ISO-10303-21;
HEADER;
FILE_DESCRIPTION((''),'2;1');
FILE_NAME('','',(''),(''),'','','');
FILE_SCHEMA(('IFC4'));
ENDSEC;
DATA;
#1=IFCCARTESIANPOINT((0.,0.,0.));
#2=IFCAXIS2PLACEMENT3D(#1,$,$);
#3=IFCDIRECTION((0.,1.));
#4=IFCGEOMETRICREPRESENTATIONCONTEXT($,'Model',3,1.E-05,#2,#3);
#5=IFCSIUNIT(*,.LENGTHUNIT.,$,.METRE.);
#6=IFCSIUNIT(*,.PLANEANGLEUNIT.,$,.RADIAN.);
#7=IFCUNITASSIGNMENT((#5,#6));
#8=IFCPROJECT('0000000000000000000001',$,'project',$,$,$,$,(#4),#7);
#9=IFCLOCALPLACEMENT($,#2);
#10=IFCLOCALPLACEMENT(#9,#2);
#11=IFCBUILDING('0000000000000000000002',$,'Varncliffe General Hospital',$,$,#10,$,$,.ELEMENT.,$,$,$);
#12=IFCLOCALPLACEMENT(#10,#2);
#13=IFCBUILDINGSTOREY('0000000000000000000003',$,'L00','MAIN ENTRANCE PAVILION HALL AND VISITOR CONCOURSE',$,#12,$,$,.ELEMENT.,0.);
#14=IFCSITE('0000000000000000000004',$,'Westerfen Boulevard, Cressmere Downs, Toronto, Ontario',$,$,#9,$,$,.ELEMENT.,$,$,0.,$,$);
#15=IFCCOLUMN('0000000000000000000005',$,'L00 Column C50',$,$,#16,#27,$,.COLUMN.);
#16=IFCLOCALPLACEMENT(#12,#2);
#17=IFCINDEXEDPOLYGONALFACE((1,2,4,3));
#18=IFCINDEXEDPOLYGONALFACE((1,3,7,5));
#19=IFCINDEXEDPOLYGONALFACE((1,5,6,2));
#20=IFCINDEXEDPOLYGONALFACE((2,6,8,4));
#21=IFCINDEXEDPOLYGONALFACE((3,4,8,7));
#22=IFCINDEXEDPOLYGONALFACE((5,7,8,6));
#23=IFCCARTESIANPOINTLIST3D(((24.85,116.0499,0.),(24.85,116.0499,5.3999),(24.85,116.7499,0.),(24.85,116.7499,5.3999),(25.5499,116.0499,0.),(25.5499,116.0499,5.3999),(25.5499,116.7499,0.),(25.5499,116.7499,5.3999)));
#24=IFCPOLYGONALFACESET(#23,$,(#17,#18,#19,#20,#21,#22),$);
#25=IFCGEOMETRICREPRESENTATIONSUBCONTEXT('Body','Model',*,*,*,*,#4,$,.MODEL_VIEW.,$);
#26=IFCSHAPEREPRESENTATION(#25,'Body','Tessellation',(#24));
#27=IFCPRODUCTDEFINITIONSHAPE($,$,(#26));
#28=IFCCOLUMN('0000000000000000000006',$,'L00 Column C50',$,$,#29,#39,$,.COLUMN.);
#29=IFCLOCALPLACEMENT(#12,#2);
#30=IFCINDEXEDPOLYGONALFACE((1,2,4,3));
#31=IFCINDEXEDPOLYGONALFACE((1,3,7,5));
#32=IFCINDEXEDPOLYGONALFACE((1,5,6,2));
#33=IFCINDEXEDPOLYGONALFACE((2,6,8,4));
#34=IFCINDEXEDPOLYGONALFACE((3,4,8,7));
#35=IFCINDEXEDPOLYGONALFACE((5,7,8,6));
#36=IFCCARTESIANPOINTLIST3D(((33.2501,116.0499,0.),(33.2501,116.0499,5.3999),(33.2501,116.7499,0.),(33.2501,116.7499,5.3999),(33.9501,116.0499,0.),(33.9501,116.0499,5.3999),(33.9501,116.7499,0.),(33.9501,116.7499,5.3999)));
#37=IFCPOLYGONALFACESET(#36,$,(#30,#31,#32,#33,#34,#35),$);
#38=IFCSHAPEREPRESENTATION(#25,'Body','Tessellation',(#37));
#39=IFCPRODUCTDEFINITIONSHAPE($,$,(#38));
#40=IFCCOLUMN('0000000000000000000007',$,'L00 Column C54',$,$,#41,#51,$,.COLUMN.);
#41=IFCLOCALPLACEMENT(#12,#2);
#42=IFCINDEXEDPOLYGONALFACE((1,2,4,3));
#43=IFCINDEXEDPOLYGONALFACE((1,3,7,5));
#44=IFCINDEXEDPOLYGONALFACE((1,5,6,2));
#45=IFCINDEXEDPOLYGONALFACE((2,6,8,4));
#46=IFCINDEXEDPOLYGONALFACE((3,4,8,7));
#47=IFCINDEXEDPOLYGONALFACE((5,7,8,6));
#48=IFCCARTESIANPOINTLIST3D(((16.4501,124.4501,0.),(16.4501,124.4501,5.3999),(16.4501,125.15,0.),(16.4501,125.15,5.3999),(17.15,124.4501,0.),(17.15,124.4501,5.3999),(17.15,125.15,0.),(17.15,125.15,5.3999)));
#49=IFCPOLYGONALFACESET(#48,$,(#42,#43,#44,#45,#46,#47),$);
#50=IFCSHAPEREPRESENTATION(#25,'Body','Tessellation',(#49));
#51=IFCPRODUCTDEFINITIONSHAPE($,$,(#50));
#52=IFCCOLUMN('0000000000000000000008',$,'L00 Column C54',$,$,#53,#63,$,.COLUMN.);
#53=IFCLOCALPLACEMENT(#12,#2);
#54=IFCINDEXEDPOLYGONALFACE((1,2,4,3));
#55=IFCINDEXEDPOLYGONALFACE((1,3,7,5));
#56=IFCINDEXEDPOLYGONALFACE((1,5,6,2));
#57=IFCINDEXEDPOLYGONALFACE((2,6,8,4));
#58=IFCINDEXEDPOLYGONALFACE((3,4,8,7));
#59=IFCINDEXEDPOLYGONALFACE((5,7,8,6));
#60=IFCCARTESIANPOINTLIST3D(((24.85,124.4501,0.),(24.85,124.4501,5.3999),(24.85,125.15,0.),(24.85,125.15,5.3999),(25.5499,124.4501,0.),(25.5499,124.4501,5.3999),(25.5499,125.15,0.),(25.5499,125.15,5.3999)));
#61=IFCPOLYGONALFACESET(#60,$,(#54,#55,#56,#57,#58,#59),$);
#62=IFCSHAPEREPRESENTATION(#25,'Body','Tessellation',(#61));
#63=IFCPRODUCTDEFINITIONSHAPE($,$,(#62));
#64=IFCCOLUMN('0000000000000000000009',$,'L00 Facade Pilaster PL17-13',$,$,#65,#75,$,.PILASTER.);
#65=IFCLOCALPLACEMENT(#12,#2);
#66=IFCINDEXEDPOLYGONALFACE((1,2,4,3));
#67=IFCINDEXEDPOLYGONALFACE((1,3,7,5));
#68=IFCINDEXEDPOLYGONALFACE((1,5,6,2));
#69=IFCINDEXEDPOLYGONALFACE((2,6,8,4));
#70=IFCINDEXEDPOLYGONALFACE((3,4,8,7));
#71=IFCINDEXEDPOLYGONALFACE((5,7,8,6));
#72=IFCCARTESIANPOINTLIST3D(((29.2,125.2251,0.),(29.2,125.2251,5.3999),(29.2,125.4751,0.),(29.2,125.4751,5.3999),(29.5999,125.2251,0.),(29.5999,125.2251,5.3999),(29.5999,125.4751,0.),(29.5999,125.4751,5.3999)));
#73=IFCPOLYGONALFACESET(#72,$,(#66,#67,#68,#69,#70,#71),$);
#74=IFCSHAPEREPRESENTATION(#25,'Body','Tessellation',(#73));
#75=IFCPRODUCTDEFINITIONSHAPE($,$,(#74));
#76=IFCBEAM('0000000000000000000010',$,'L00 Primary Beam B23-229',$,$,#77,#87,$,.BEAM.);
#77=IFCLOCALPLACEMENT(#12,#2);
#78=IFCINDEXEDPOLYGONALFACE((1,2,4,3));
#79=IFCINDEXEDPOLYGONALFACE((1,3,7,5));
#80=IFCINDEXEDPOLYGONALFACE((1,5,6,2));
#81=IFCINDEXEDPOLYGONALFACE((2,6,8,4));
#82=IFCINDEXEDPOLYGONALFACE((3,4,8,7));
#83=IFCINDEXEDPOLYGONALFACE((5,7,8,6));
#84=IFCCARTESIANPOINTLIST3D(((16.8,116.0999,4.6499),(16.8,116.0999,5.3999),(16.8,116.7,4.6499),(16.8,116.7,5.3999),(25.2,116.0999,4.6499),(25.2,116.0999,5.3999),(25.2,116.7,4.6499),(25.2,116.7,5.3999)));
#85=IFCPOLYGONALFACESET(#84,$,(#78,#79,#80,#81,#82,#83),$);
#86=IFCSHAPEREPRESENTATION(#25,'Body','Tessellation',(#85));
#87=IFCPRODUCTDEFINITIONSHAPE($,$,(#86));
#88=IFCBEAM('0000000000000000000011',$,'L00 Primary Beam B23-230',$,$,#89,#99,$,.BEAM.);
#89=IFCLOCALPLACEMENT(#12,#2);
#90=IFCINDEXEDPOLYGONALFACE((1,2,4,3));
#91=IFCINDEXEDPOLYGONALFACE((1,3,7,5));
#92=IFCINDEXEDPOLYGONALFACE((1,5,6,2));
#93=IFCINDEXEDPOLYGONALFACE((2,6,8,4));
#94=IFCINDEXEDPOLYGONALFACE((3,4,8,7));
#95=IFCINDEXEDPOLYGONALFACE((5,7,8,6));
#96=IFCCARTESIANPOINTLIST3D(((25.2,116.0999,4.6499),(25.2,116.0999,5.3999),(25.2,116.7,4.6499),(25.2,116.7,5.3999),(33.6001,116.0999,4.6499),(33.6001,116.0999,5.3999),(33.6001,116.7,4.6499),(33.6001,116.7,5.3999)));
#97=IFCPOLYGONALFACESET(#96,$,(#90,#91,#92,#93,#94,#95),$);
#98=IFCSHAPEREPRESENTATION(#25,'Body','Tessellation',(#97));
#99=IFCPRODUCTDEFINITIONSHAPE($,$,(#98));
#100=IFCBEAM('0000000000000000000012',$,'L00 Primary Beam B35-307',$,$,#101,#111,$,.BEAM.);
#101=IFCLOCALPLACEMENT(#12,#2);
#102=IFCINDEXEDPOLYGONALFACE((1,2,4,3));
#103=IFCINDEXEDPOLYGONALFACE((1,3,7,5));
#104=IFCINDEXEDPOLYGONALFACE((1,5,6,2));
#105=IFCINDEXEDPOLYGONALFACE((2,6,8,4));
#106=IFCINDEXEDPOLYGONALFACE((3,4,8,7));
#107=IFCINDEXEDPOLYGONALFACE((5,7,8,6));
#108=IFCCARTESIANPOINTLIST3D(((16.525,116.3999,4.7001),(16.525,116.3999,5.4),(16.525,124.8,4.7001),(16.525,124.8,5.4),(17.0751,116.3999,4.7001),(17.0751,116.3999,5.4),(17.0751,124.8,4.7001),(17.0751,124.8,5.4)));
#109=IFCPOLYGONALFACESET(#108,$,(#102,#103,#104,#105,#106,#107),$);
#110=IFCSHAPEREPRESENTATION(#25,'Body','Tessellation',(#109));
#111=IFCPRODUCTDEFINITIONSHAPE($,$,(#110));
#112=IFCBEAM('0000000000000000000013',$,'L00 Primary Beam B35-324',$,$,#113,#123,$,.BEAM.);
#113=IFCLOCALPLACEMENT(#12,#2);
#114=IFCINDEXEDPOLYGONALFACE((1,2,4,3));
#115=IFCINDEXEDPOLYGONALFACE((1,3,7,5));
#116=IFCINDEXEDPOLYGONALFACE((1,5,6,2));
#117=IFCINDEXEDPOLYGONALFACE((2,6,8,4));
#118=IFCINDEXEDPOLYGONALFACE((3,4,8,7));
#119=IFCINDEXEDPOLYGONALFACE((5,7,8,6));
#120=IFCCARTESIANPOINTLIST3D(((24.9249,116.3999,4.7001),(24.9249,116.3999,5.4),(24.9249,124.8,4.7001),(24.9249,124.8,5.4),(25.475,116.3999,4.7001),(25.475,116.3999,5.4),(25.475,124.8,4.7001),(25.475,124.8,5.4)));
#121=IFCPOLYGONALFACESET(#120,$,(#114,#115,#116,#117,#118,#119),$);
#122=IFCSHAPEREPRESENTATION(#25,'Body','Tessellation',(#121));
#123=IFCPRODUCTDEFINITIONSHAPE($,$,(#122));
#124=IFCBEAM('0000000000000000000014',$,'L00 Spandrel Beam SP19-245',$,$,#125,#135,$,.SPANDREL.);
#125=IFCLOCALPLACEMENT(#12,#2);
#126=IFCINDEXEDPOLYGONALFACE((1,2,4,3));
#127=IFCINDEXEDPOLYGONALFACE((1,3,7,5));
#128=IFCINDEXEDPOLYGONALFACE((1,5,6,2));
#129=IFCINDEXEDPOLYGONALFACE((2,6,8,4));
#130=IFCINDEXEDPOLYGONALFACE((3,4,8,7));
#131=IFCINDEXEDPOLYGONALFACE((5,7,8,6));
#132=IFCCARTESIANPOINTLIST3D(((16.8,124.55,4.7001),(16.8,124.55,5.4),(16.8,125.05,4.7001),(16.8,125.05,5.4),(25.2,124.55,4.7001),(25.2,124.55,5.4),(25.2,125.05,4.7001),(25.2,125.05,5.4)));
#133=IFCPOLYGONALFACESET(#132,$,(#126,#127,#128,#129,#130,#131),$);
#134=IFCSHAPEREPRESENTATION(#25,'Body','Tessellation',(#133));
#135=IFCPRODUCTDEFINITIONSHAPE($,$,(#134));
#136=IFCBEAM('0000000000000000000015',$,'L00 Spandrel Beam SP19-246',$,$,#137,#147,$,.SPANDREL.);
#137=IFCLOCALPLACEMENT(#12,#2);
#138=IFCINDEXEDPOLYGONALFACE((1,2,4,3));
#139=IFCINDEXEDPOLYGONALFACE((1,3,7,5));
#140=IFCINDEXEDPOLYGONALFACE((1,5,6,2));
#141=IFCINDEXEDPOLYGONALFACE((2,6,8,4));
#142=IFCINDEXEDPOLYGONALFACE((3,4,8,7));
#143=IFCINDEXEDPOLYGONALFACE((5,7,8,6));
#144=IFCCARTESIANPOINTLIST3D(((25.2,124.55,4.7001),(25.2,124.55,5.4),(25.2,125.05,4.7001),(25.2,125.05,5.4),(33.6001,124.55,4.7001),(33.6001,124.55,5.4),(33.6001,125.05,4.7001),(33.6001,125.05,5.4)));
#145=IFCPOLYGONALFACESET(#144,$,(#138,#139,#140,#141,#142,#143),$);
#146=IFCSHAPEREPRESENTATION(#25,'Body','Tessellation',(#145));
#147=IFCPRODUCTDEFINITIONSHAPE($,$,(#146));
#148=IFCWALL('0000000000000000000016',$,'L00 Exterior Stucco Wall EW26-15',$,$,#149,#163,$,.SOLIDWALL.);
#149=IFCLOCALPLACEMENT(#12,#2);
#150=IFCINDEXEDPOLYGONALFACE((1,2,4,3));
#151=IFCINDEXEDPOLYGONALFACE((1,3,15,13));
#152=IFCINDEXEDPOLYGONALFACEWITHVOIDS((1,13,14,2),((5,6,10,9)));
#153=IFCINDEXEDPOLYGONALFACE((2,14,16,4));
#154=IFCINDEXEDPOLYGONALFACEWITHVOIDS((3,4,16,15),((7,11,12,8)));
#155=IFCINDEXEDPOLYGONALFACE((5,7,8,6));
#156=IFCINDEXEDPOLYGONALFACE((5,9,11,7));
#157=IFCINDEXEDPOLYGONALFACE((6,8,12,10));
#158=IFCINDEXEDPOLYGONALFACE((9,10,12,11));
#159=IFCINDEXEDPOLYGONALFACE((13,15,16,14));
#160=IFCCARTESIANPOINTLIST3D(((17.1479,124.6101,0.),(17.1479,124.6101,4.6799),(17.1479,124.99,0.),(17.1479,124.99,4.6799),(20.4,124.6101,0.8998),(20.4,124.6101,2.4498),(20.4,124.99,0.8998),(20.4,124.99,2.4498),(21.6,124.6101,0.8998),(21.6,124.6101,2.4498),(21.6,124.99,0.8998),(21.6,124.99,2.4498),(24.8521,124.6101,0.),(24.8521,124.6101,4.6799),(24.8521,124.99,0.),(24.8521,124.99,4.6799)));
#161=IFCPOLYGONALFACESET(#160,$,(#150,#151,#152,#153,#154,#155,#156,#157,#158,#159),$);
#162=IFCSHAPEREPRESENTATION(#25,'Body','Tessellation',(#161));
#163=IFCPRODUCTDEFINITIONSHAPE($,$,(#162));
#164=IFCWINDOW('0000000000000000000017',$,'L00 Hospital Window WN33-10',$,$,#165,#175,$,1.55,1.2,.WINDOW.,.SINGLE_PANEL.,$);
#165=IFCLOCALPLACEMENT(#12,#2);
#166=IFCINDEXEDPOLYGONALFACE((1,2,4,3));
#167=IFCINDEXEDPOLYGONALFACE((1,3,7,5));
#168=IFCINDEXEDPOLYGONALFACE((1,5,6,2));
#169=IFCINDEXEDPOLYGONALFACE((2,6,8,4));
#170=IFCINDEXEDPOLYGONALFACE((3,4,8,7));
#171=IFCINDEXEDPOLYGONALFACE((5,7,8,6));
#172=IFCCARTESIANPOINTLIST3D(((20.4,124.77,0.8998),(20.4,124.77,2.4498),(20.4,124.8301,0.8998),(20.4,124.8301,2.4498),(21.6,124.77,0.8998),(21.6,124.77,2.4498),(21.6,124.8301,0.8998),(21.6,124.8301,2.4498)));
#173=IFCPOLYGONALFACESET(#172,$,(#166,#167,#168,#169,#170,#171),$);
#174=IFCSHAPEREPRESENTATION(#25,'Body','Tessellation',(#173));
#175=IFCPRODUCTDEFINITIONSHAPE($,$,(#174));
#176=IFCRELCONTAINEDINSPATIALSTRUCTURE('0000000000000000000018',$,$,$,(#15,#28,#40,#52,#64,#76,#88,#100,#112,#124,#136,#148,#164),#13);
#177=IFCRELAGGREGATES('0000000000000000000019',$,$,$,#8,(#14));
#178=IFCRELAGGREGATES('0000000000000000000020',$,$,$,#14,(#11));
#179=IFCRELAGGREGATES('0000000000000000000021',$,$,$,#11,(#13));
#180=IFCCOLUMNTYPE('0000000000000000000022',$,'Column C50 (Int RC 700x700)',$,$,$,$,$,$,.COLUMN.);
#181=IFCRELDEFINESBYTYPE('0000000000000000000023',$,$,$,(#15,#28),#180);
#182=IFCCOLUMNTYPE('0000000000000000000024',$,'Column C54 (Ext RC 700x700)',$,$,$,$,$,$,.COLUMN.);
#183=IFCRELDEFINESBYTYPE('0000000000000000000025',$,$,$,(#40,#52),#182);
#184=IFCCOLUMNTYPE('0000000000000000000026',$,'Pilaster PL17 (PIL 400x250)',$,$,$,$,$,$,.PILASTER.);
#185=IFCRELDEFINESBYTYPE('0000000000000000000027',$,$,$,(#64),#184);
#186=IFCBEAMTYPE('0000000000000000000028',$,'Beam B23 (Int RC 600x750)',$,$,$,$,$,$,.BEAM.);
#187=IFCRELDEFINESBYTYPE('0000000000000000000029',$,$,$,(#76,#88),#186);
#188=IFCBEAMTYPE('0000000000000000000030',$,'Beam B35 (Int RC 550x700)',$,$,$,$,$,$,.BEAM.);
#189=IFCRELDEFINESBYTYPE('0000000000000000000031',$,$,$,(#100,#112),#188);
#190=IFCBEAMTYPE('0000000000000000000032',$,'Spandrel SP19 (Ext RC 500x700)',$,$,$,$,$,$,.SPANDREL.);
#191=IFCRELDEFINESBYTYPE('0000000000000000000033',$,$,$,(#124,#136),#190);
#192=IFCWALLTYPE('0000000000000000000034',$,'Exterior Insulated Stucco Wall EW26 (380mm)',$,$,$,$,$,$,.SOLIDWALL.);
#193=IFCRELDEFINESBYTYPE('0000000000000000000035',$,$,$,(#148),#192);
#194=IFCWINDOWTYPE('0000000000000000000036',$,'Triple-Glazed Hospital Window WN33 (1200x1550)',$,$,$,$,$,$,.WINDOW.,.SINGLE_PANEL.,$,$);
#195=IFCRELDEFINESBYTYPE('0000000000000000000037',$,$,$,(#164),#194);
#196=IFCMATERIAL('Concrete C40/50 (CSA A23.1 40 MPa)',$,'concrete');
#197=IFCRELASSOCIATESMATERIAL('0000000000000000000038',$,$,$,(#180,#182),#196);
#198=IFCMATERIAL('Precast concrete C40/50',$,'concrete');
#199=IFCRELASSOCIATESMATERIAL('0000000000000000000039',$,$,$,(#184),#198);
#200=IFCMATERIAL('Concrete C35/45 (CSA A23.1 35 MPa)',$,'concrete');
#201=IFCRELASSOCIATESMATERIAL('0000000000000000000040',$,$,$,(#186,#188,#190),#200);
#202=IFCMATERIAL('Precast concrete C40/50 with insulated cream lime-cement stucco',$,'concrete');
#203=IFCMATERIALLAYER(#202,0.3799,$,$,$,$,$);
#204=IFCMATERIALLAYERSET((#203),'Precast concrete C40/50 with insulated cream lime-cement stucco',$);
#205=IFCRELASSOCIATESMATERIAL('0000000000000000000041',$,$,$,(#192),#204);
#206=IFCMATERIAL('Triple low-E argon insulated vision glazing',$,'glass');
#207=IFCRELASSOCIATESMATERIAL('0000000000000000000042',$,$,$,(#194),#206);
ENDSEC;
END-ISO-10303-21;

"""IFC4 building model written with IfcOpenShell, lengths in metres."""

from ifc_helpers import new_model, si_unit, direction, frame, frame_2d, origin, origin_2d, place, context, subcontext, project, spatial, rectangle, extrude, material, layer, layer_set, material_profile, profile_set, type_object, element, fill, save


model = new_model("IFC4")

# Units and contexts
model_context = context("Model", 3, precision=1e-05, world=origin(), true_north=direction((0.0, 1.0)))
body_context = subcontext(model_context, "Body", "Model", "MODEL_VIEW")
ifc_project = project(units=[si_unit("LENGTHUNIT", "METRE"), si_unit("PLANEANGLEUNIT", "RADIAN")], contexts=[model_context])

# Site, building, storey
site_placement = place(None, origin())
site = spatial("IfcSite", under=ifc_project, at=site_placement, Name="Westerfen Boulevard, Cressmere Downs, Toronto, Ontario", CompositionType="ELEMENT", RefElevation=0.0)
building_placement = place(site_placement, origin())
building = spatial("IfcBuilding", under=site, at=building_placement, Name="Varncliffe General Hospital", CompositionType="ELEMENT")
storey_placement = place(building_placement, origin())
storey = spatial("IfcBuildingStorey", under=building, at=storey_placement, Name="L00", Description="MAIN ENTRANCE PAVILION HALL AND VISITOR CONCOURSE", CompositionType="ELEMENT", Elevation=0.0)

# Columns
ifc_material_1 = material(Name="Concrete C40/50 (CSA A23.1 40 MPa)", Category="concrete")
ifc_material_profile_1 = material_profile(ifc_material_1, rectangle(XDim=0.7, YDim=0.7, at=origin_2d()), Name="RC 700x700")
ifc_profile_set_1 = profile_set([ifc_material_profile_1], Name="Concrete C40/50 (CSA A23.1 40 MPa)")
column_type_1 = type_object("IfcColumnType", Name="Column C50 (Int RC 700x700)", PredefinedType="COLUMN", material=ifc_profile_set_1)
for number, where, z_axis, x_axis, name in (
    (1, (25.2, 116.3999, 0.0), (0.0, 0.0, 1.0), (1.0, 0.0, 0.0), "L00 Column C50"),
    (2, (33.6001, 116.3999, 0.0), (0.0, 0.0, 1.0), (1.0, 0.0, 0.0), "L00 Column C50"),
):
    element("IfcColumn", number, at=place(storey_placement, frame(where, z_axis=z_axis, x_axis=x_axis)), inside=storey, type_object=column_type_1, Name=name, PredefinedType="COLUMN", context=body_context, shape_type="SweptSolid", body=[
        extrude(rectangle(XDim=0.7, YDim=0.7, at=origin_2d()), origin(), (0.0, 0.0, 1.0), 5.3999),
    ])
ifc_material_profile_2 = material_profile(ifc_material_1, rectangle(XDim=0.7, YDim=0.7, at=origin_2d()), Name="RC 700x700")
ifc_profile_set_2 = profile_set([ifc_material_profile_2], Name="Concrete C40/50 (CSA A23.1 40 MPa)")
column_type_2 = type_object("IfcColumnType", Name="Column C54 (Ext RC 700x700)", PredefinedType="COLUMN", material=ifc_profile_set_2)
for number, where, z_axis, x_axis, name in (
    (3, (16.8, 124.8, 0.0), (0.0, 0.0, 1.0), (1.0, 0.0, 0.0), "L00 Column C54"),
    (4, (25.2, 124.8, 0.0), (0.0, 0.0, 1.0), (1.0, 0.0, 0.0), "L00 Column C54"),
):
    element("IfcColumn", number, at=place(storey_placement, frame(where, z_axis=z_axis, x_axis=x_axis)), inside=storey, type_object=column_type_2, Name=name, PredefinedType="COLUMN", context=body_context, shape_type="SweptSolid", body=[
        extrude(rectangle(XDim=0.7, YDim=0.7, at=origin_2d()), origin(), (0.0, 0.0, 1.0), 5.3999),
    ])
ifc_material_2 = material(Name="Precast concrete C40/50", Category="concrete")
ifc_material_profile_3 = material_profile(ifc_material_2, rectangle(XDim=0.3999, YDim=0.25, at=origin_2d()), Name="PIL 400x250")
ifc_profile_set_3 = profile_set([ifc_material_profile_3], Name="Precast concrete C40/50")
column_type_3 = type_object("IfcColumnType", Name="Pilaster PL17 (PIL 400x250)", PredefinedType="PILASTER", material=ifc_profile_set_3)
column_placement = place(storey_placement, frame((29.3999, 125.3501, 0.0), z_axis=(0.0, 0.0, 1.0), x_axis=(1.0, 0.0, 0.0)))
element("IfcColumn", 5, at=column_placement, inside=storey, type_object=column_type_3, Name="L00 Facade Pilaster PL17-13", PredefinedType="PILASTER", context=body_context, shape_type="SweptSolid", body=[
    extrude(rectangle(XDim=0.3999, YDim=0.25, at=origin_2d()), origin(), (0.0, 0.0, 1.0), 5.3999),
])

# Beams
ifc_material_3 = material(Name="Concrete C35/45 (CSA A23.1 35 MPa)", Category="concrete")
ifc_material_profile_4 = material_profile(ifc_material_3, rectangle(XDim=0.6001, YDim=0.75, at=origin_2d()), Name="RC 600x750")
ifc_profile_set_4 = profile_set([ifc_material_profile_4], Name="Concrete C35/45 (CSA A23.1 35 MPa)")
beam_type_1 = type_object("IfcBeamType", Name="Beam B23 (Int RC 600x750)", PredefinedType="BEAM", material=ifc_profile_set_4)
beam_1_placement = place(storey_placement, frame((16.8, 116.3999, 5.0249), z_axis=(1.0, 0.0, 0.0), x_axis=(0.0, 1.0, 0.0)))
element("IfcBeam", 6, at=beam_1_placement, inside=storey, type_object=beam_type_1, Name="L00 Primary Beam B23-229", PredefinedType="BEAM", context=body_context, shape_type="SweptSolid", body=[
    extrude(rectangle(XDim=0.6001, YDim=0.75, at=origin_2d()), origin(), (0.0, 0.0, 1.0), 8.3999),
])
beam_2_placement = place(storey_placement, frame((25.2, 116.3999, 5.0249), z_axis=(1.0, 0.0, 0.0), x_axis=(0.0, 1.0, 0.0)))
element("IfcBeam", 7, at=beam_2_placement, inside=storey, type_object=beam_type_1, Name="L00 Primary Beam B23-230", PredefinedType="BEAM", context=body_context, shape_type="SweptSolid", body=[
    extrude(rectangle(XDim=0.6001, YDim=0.75, at=origin_2d()), origin(), (0.0, 0.0, 1.0), 8.4001),
])
ifc_material_profile_5 = material_profile(ifc_material_3, rectangle(XDim=0.55, YDim=0.7, at=origin_2d()), Name="RC 550x700")
ifc_profile_set_5 = profile_set([ifc_material_profile_5], Name="Concrete C35/45 (CSA A23.1 35 MPa)")
beam_type_2 = type_object("IfcBeamType", Name="Beam B35 (Int RC 550x700)", PredefinedType="BEAM", material=ifc_profile_set_5)
for number, where, z_axis, x_axis, name in (
    (8, (16.8, 116.3999, 5.05), (0.0, 1.0, 0.0), (-1.0, 0.0, 0.0), "L00 Primary Beam B35-307"),
    (9, (25.2, 116.3999, 5.05), (0.0, 1.0, 0.0), (-1.0, 0.0, 0.0), "L00 Primary Beam B35-324"),
):
    element("IfcBeam", number, at=place(storey_placement, frame(where, z_axis=z_axis, x_axis=x_axis)), inside=storey, type_object=beam_type_2, Name=name, PredefinedType="BEAM", context=body_context, shape_type="SweptSolid", body=[
        extrude(rectangle(XDim=0.55, YDim=0.7, at=origin_2d()), origin(), (0.0, 0.0, 1.0), 8.4001),
    ])
ifc_material_profile_6 = material_profile(ifc_material_3, rectangle(XDim=0.5, YDim=0.7, at=origin_2d()), Name="RC 500x700")
ifc_profile_set_6 = profile_set([ifc_material_profile_6], Name="Concrete C35/45 (CSA A23.1 35 MPa)")
beam_type_3 = type_object("IfcBeamType", Name="Spandrel SP19 (Ext RC 500x700)", PredefinedType="SPANDREL", material=ifc_profile_set_6)
beam_3_placement = place(storey_placement, frame((16.8, 124.8, 5.05), z_axis=(1.0, 0.0, 0.0), x_axis=(0.0, 1.0, 0.0)))
element("IfcBeam", 10, at=beam_3_placement, inside=storey, type_object=beam_type_3, Name="L00 Spandrel Beam SP19-245", PredefinedType="SPANDREL", context=body_context, shape_type="SweptSolid", body=[
    extrude(rectangle(XDim=0.5, YDim=0.7, at=origin_2d()), origin(), (0.0, 0.0, 1.0), 8.3999),
])
beam_4_placement = place(storey_placement, frame((25.2, 124.8, 5.05), z_axis=(1.0, 0.0, 0.0), x_axis=(0.0, 1.0, 0.0)))
element("IfcBeam", 11, at=beam_4_placement, inside=storey, type_object=beam_type_3, Name="L00 Spandrel Beam SP19-246", PredefinedType="SPANDREL", context=body_context, shape_type="SweptSolid", body=[
    extrude(rectangle(XDim=0.5, YDim=0.7, at=origin_2d()), origin(), (0.0, 0.0, 1.0), 8.4001),
])

# Wall, opening, window
ifc_material_4 = material(Name="Precast concrete C40/50 with insulated cream lime-cement stucco", Category="concrete")
ifc_layer_1 = layer(ifc_material_4, 0.3799)
ifc_layer_set_1 = layer_set([ifc_layer_1], Name="Precast concrete C40/50 with insulated cream lime-cement stucco")
wall_type_1 = type_object("IfcWallType", Name="Exterior Insulated Stucco Wall EW26 (380mm)", PredefinedType="SOLIDWALL", material=ifc_layer_set_1)
wall_1_placement = place(storey_placement, frame((17.1479, 124.8, 0.0), z_axis=(0.0, 0.0, 1.0), x_axis=(1.0, 0.0, 0.0)))
wall_1 = element("IfcWall", 12, at=wall_1_placement, inside=storey, type_object=wall_type_1, Name="L00 Exterior Stucco Wall EW26-15", PredefinedType="SOLIDWALL", context=body_context, shape_type="SweptSolid", body=[
    extrude(rectangle(XDim=7.7041, YDim=0.3799, at=frame_2d((3.8521, 0.0))), origin(), (0.0, 0.0, 1.0), 4.6799),
])
opening_1_placement = place(wall_1_placement, frame((3.252, 0.0, 0.8999)))
opening_1 = element("IfcOpeningElement", 13, at=opening_1_placement, cuts=wall_1, PredefinedType="OPENING", context=body_context, shape_type="SweptSolid", body=[
    extrude(rectangle(XDim=1.2, YDim=1.55, at=frame_2d((0.6001, 0.7749))), frame((0.0, 0.2, 0.0), z_axis=(0.0, -1.0, 0.0), x_axis=(1.0, 0.0, 0.0)), (0.0, 0.0, 1.0), 0.3999),
])
ifc_material_5 = material(Name="Triple low-E argon insulated vision glazing", Category="glass")
window_type_1 = type_object("IfcWindowType", Name="Triple-Glazed Hospital Window WN33 (1200x1550)", PartitioningType="SINGLE_PANEL", PredefinedType="WINDOW", material=ifc_material_5)
window_1_placement = place(opening_1_placement, origin())
window_1 = element("IfcWindow", 14, at=window_1_placement, inside=storey, type_object=window_type_1, Name="L00 Hospital Window WN33-10", OverallHeight=1.55, OverallWidth=1.2, PartitioningType="SINGLE_PANEL", PredefinedType="WINDOW", context=body_context, shape_type="SweptSolid", body=[
    extrude(rectangle(XDim=1.2, YDim=1.55, at=frame_2d((0.6001, 0.7749))), frame((0.0, 0.03, 0.0), z_axis=(0.0, -1.0, 0.0), x_axis=(1.0, 0.0, 0.0)), (0.0, 0.0, 1.0), 0.0601),
])
fill(opening_1, window_1)

save(model, "model.ifc")
